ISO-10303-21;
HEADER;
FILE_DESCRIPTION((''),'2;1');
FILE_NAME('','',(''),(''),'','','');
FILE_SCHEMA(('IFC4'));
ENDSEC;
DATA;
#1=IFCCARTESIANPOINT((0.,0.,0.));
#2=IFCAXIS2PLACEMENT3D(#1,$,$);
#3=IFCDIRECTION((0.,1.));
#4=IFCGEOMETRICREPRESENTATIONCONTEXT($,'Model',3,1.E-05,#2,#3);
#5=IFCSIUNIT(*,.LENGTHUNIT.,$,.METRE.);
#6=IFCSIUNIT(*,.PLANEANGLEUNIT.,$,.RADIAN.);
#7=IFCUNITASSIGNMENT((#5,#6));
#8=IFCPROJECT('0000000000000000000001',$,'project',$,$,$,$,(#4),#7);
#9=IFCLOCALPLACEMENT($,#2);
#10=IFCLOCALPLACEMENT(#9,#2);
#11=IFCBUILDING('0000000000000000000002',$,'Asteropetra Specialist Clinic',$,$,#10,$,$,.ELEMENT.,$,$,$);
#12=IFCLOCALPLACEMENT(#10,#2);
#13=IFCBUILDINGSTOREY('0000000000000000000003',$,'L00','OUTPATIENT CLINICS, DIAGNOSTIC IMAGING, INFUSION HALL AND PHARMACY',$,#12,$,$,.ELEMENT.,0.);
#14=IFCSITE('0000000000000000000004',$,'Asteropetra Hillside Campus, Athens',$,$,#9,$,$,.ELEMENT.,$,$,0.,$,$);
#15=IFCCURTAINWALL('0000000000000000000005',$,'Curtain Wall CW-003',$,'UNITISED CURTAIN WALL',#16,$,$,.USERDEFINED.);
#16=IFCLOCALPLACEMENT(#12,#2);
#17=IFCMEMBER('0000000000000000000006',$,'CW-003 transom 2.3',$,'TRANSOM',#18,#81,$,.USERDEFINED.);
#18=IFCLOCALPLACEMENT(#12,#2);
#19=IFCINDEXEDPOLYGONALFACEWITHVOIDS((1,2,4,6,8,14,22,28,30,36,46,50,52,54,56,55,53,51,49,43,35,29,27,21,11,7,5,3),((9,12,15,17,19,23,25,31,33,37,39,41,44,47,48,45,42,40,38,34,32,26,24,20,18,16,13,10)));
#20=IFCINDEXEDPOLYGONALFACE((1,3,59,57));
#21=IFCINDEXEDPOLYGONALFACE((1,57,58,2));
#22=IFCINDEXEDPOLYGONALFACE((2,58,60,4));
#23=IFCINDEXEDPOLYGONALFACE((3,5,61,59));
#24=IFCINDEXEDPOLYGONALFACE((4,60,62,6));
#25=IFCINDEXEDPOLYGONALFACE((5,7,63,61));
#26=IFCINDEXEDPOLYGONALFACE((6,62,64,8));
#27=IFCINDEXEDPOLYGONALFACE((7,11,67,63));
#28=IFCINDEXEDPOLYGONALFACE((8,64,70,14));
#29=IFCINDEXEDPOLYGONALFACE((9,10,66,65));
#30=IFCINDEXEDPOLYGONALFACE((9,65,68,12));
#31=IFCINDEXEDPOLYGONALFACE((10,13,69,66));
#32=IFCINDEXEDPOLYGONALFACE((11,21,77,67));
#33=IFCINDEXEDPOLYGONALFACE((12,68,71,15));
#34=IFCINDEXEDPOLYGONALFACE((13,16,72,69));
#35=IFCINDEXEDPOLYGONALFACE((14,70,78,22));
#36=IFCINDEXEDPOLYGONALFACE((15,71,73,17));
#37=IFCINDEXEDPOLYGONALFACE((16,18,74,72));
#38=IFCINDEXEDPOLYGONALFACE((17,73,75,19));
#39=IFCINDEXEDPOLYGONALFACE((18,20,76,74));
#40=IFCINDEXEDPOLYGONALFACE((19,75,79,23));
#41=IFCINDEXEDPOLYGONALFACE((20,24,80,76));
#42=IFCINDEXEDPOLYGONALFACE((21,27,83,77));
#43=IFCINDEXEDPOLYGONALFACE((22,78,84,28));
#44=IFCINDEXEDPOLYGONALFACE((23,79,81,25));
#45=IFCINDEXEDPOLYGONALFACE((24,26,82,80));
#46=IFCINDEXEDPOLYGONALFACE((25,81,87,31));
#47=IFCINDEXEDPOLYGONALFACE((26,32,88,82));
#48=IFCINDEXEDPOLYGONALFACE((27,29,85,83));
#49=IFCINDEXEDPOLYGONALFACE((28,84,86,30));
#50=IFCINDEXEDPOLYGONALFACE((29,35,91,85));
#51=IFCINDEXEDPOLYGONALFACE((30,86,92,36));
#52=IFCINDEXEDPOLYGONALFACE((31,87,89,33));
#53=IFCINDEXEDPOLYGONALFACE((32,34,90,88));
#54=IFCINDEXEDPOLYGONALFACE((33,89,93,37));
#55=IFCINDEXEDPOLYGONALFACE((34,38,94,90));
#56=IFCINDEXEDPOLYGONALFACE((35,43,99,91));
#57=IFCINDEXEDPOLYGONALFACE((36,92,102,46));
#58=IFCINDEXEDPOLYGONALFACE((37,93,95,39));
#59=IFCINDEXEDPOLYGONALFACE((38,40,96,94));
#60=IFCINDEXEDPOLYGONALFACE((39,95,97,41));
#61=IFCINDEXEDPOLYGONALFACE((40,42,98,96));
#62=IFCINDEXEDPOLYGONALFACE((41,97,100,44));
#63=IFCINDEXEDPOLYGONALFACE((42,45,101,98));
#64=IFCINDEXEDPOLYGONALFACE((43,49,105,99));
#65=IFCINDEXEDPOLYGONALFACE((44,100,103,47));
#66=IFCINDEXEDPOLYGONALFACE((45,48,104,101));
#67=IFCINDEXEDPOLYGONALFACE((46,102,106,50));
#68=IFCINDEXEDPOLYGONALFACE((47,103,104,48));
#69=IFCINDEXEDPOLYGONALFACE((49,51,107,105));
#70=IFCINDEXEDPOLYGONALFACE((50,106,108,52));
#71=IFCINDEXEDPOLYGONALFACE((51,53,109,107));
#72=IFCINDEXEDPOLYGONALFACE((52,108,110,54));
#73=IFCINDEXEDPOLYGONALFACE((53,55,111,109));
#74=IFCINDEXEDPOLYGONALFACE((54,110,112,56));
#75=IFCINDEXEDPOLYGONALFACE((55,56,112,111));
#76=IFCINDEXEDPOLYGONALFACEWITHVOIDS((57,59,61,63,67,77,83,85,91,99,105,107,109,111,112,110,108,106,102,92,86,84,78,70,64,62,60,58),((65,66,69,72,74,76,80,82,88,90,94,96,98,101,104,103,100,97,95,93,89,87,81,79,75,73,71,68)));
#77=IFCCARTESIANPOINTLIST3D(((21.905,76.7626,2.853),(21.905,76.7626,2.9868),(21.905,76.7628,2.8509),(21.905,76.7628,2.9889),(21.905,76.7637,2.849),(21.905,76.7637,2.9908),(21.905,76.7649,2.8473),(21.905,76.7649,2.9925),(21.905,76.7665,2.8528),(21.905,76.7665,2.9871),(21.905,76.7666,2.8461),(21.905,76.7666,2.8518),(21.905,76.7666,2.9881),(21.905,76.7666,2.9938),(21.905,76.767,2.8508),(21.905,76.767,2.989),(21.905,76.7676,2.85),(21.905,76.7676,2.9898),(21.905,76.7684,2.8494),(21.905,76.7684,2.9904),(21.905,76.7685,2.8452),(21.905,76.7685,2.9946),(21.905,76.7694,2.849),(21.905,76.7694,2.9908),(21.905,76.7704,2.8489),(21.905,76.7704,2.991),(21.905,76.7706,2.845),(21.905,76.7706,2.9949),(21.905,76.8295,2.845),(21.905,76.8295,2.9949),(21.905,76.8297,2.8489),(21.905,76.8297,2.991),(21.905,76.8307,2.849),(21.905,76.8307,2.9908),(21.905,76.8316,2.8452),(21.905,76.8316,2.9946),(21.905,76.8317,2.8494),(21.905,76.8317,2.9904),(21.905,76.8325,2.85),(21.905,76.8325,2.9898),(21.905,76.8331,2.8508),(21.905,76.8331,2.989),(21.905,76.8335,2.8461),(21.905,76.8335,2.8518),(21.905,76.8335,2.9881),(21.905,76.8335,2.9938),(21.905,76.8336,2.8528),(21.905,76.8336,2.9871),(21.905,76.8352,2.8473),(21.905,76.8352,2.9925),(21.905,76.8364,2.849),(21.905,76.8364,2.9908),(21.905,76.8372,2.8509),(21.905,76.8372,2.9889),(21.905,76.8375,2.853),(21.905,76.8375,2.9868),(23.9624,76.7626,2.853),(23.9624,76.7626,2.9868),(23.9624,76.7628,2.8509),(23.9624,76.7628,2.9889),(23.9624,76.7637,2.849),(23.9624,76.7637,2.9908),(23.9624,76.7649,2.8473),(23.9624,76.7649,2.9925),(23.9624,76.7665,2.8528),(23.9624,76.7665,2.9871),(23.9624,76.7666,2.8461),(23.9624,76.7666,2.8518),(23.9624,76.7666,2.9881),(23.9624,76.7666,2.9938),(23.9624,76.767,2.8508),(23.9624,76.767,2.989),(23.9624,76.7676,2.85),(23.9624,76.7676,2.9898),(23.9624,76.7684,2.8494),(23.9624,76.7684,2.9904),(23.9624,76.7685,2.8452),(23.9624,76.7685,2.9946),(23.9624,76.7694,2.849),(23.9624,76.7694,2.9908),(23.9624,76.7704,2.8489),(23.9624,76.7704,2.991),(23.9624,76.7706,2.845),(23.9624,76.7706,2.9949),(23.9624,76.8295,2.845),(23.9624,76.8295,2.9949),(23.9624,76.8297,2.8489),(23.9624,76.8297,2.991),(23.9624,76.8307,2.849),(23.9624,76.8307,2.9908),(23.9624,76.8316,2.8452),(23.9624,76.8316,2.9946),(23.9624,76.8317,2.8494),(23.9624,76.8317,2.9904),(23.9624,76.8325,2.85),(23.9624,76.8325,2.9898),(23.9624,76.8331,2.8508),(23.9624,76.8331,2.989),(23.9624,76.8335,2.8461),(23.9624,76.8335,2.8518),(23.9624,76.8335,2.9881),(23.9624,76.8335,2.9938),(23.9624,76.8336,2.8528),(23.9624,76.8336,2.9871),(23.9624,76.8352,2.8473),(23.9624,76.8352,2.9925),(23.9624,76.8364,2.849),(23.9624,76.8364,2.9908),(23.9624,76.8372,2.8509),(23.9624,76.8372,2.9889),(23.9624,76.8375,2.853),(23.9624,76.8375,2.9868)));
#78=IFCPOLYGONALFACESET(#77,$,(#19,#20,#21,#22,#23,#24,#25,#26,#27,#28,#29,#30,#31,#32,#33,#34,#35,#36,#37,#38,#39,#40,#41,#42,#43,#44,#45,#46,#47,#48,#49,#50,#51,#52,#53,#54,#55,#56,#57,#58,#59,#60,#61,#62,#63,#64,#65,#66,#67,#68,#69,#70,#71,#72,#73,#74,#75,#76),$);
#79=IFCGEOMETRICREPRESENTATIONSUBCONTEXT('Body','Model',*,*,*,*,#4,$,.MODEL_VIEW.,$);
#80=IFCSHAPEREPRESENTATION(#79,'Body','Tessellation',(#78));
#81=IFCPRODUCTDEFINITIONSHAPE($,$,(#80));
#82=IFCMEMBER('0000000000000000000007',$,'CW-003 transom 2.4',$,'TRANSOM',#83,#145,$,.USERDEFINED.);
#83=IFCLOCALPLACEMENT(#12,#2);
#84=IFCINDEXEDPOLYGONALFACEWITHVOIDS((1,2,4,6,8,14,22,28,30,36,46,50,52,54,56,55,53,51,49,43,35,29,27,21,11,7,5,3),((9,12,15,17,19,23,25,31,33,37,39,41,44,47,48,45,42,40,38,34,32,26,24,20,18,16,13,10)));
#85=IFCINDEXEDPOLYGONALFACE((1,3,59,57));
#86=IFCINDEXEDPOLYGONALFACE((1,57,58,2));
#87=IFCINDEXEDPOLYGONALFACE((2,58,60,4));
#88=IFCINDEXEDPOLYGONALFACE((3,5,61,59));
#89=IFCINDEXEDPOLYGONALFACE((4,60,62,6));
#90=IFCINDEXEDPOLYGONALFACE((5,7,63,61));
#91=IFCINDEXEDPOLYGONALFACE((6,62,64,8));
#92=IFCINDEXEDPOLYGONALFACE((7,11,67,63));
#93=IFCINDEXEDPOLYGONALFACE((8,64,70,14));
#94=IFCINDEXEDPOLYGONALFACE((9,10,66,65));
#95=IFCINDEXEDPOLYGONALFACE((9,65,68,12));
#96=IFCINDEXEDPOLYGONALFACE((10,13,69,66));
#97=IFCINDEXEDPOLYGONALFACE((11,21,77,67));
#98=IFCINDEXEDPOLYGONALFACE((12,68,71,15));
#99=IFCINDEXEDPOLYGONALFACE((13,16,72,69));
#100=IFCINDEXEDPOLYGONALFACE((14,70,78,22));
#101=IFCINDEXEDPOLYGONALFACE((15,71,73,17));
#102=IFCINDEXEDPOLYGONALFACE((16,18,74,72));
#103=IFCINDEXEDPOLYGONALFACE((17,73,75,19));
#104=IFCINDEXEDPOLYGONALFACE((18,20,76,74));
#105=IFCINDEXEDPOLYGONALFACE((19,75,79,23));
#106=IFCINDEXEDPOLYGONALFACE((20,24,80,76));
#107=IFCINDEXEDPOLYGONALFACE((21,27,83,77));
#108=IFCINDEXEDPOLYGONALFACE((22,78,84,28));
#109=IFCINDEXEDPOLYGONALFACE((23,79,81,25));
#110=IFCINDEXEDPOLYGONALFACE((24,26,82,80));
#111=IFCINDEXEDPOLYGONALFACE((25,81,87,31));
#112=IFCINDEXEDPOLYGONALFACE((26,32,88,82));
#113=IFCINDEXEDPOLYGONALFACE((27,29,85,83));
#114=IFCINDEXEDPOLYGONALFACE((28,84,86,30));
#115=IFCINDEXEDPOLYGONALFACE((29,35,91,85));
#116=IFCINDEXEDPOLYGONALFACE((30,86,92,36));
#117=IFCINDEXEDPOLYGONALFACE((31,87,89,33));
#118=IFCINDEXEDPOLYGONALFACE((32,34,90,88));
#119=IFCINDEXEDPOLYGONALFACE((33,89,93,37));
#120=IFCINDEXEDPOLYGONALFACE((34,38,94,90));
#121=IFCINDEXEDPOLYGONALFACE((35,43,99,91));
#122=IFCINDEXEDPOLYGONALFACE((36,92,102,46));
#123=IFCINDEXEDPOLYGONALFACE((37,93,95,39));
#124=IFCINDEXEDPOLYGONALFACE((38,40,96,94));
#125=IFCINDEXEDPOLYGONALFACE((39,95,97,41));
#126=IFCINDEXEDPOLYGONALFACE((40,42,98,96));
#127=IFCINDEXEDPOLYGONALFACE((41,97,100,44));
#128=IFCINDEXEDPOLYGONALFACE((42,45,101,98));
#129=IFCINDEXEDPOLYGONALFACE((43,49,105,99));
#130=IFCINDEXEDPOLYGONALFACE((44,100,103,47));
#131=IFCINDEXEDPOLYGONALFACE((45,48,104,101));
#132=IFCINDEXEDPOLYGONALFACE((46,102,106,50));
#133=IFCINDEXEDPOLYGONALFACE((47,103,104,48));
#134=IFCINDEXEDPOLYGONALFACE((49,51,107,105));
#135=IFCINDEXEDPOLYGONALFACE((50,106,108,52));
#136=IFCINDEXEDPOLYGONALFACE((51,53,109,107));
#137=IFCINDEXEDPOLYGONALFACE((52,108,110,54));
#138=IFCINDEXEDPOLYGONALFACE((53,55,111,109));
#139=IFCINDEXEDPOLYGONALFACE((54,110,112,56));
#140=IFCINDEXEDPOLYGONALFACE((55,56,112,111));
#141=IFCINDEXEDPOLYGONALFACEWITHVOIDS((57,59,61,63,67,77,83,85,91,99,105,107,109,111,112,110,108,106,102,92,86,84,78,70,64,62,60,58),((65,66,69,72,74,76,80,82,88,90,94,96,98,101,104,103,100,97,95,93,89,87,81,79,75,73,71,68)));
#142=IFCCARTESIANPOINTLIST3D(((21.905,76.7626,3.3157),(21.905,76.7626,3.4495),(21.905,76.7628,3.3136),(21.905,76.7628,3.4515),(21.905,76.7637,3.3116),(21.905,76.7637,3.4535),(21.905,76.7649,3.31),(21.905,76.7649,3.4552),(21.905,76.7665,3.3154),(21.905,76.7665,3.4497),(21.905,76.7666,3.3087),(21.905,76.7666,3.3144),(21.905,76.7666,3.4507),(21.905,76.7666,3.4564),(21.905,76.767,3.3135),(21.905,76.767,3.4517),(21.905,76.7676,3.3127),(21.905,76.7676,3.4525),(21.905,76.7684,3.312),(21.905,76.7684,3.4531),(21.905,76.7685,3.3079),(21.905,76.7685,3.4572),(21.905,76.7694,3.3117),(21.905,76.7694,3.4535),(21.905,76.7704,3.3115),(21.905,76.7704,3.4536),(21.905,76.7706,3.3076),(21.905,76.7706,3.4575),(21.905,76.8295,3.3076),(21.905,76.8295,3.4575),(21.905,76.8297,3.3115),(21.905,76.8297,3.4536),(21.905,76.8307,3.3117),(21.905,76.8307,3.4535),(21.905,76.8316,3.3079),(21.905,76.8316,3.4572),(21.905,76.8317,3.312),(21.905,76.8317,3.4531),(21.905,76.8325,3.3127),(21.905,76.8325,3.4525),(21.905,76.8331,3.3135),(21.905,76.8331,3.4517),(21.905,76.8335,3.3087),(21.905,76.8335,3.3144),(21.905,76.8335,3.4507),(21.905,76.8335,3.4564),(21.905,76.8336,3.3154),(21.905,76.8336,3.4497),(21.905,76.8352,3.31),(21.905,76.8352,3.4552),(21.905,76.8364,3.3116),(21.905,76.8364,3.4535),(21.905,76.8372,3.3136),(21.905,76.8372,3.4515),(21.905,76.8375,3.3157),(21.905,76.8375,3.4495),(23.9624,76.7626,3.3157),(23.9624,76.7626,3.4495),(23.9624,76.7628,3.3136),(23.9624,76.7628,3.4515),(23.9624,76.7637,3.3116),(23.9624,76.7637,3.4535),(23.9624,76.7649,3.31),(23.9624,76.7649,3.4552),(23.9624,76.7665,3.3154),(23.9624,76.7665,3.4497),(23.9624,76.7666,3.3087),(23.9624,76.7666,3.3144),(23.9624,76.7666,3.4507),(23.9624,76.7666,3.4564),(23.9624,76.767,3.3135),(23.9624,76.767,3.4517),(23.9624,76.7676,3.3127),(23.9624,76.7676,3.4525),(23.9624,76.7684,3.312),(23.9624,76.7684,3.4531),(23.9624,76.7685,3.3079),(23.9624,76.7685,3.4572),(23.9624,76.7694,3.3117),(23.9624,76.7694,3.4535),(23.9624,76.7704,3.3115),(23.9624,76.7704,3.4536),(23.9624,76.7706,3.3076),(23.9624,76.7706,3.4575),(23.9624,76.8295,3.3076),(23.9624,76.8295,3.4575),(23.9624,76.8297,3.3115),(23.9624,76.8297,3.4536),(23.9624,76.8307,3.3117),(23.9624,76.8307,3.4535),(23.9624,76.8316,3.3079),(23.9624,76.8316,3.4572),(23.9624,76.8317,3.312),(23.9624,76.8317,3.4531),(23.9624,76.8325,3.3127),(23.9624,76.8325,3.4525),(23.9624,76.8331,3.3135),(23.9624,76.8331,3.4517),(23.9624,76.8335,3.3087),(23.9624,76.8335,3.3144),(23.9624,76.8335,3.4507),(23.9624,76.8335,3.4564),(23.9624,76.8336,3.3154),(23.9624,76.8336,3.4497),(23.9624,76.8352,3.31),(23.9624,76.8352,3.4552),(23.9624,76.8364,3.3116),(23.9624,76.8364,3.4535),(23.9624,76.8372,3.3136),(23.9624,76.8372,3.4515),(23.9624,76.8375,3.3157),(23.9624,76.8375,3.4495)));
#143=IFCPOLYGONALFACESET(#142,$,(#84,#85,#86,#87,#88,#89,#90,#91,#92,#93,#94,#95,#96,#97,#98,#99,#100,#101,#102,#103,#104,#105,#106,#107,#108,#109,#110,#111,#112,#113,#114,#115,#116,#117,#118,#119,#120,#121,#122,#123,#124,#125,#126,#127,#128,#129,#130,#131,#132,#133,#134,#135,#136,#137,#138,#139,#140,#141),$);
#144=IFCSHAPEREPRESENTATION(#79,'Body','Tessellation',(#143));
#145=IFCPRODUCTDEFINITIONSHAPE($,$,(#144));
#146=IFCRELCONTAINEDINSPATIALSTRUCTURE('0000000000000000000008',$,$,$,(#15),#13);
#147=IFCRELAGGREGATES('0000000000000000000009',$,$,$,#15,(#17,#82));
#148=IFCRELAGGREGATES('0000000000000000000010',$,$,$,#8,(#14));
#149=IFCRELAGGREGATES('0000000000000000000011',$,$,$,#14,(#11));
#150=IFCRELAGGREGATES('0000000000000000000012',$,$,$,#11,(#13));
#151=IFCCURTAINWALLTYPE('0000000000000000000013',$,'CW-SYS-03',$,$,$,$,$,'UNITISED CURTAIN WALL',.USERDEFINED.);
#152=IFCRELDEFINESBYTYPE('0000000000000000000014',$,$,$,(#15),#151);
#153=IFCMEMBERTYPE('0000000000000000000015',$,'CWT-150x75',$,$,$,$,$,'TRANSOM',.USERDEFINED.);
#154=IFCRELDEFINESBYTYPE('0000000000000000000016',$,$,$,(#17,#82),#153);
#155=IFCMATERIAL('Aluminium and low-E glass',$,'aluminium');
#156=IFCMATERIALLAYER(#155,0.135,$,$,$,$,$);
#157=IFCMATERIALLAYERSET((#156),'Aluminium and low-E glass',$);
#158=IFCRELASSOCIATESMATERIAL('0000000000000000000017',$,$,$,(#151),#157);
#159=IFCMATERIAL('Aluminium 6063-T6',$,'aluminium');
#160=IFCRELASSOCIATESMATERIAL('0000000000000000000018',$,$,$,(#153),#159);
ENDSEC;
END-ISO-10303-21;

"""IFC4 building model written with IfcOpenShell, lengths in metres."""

from ifc_helpers import new_model, si_unit, direction, frame, origin, origin_2d, place, context, subcontext, project, spatial, hollow_rectangle, extrude, material, layer, layer_set, material_profile, profile_set, type_object, element, aggregate, save


model = new_model("IFC4")

# Units and contexts
model_context = context("Model", 3, precision=1e-05, world=origin(), true_north=direction((0.0, 1.0)))
body_context = subcontext(model_context, "Body", "Model", "MODEL_VIEW")
ifc_project = project(units=[si_unit("LENGTHUNIT", "METRE"), si_unit("PLANEANGLEUNIT", "RADIAN")], contexts=[model_context])

# Site, building, storey
site_placement = place(None, origin())
site = spatial("IfcSite", under=ifc_project, at=site_placement, Name="Asteropetra Hillside Campus, Athens", CompositionType="ELEMENT", RefElevation=0.0)
building_placement = place(site_placement, origin())
building = spatial("IfcBuilding", under=site, at=building_placement, Name="Asteropetra Specialist Clinic", CompositionType="ELEMENT")
storey_placement = place(building_placement, origin())
storey = spatial("IfcBuildingStorey", under=building, at=storey_placement, Name="L00", Description="OUTPATIENT CLINICS, DIAGNOSTIC IMAGING, INFUSION HALL AND PHARMACY", CompositionType="ELEMENT", Elevation=0.0)

# Curtain wall, members
ifc_material_1 = material(Name="Aluminium and low-E glass", Category="aluminium")
ifc_layer_1 = layer(ifc_material_1, 0.135)
ifc_layer_set_1 = layer_set([ifc_layer_1], Name="Aluminium and low-E glass")
curtain_wall_type = type_object("IfcCurtainWallType", Name="CW-SYS-03", ElementType="UNITISED CURTAIN WALL", PredefinedType="USERDEFINED", material=ifc_layer_set_1)
curtain_wall_placement = place(storey_placement, origin())
curtain_wall = element("IfcCurtainWall", 1, at=curtain_wall_placement, inside=storey, type_object=curtain_wall_type, Name="Curtain Wall CW-003", ObjectType="UNITISED CURTAIN WALL", PredefinedType="USERDEFINED")
ifc_material_2 = material(Name="Aluminium 6063-T6", Category="aluminium")
ifc_material_profile_1 = material_profile(ifc_material_2, hollow_rectangle(XDim=0.075, YDim=0.1499, WallThickness=0.0039, InnerFilletRadius=0.0039, OuterFilletRadius=0.0081, at=origin_2d()), Name="TRN 150x75x4.0")
ifc_profile_set_1 = profile_set([ifc_material_profile_1], Name="Aluminium 6063-T6")
member_type_1 = type_object("IfcMemberType", Name="CWT-150x75", ElementType="TRANSOM", PredefinedType="USERDEFINED", material=ifc_profile_set_1)
member_1_placement = place(storey_placement, frame((21.905, 76.8, 2.9199), z_axis=(1.0, 0.0, 0.0), x_axis=(0.0, 1.0, 0.0)))
member_1 = element("IfcMember", 2, at=member_1_placement, type_object=member_type_1, Name="CW-003 transom 2.3", ObjectType="TRANSOM", PredefinedType="USERDEFINED", context=body_context, shape_type="SweptSolid", body=[
    extrude(hollow_rectangle(XDim=0.075, YDim=0.1499, WallThickness=0.0039, InnerFilletRadius=0.0039, OuterFilletRadius=0.0081, at=origin_2d()), origin(), (0.0, 0.0, 1.0), 2.0574),
])
member_2_placement = place(storey_placement, frame((21.905, 76.8, 3.3826), z_axis=(1.0, 0.0, 0.0), x_axis=(0.0, 1.0, 0.0)))
member_2 = element("IfcMember", 3, at=member_2_placement, type_object=member_type_1, Name="CW-003 transom 2.4", ObjectType="TRANSOM", PredefinedType="USERDEFINED", context=body_context, shape_type="SweptSolid", body=[
    extrude(hollow_rectangle(XDim=0.075, YDim=0.1499, WallThickness=0.0039, InnerFilletRadius=0.0039, OuterFilletRadius=0.0081, at=origin_2d()), origin(), (0.0, 0.0, 1.0), 2.0574),
])
aggregate(curtain_wall, [member_1, member_2])

save(model, "model.ifc")
